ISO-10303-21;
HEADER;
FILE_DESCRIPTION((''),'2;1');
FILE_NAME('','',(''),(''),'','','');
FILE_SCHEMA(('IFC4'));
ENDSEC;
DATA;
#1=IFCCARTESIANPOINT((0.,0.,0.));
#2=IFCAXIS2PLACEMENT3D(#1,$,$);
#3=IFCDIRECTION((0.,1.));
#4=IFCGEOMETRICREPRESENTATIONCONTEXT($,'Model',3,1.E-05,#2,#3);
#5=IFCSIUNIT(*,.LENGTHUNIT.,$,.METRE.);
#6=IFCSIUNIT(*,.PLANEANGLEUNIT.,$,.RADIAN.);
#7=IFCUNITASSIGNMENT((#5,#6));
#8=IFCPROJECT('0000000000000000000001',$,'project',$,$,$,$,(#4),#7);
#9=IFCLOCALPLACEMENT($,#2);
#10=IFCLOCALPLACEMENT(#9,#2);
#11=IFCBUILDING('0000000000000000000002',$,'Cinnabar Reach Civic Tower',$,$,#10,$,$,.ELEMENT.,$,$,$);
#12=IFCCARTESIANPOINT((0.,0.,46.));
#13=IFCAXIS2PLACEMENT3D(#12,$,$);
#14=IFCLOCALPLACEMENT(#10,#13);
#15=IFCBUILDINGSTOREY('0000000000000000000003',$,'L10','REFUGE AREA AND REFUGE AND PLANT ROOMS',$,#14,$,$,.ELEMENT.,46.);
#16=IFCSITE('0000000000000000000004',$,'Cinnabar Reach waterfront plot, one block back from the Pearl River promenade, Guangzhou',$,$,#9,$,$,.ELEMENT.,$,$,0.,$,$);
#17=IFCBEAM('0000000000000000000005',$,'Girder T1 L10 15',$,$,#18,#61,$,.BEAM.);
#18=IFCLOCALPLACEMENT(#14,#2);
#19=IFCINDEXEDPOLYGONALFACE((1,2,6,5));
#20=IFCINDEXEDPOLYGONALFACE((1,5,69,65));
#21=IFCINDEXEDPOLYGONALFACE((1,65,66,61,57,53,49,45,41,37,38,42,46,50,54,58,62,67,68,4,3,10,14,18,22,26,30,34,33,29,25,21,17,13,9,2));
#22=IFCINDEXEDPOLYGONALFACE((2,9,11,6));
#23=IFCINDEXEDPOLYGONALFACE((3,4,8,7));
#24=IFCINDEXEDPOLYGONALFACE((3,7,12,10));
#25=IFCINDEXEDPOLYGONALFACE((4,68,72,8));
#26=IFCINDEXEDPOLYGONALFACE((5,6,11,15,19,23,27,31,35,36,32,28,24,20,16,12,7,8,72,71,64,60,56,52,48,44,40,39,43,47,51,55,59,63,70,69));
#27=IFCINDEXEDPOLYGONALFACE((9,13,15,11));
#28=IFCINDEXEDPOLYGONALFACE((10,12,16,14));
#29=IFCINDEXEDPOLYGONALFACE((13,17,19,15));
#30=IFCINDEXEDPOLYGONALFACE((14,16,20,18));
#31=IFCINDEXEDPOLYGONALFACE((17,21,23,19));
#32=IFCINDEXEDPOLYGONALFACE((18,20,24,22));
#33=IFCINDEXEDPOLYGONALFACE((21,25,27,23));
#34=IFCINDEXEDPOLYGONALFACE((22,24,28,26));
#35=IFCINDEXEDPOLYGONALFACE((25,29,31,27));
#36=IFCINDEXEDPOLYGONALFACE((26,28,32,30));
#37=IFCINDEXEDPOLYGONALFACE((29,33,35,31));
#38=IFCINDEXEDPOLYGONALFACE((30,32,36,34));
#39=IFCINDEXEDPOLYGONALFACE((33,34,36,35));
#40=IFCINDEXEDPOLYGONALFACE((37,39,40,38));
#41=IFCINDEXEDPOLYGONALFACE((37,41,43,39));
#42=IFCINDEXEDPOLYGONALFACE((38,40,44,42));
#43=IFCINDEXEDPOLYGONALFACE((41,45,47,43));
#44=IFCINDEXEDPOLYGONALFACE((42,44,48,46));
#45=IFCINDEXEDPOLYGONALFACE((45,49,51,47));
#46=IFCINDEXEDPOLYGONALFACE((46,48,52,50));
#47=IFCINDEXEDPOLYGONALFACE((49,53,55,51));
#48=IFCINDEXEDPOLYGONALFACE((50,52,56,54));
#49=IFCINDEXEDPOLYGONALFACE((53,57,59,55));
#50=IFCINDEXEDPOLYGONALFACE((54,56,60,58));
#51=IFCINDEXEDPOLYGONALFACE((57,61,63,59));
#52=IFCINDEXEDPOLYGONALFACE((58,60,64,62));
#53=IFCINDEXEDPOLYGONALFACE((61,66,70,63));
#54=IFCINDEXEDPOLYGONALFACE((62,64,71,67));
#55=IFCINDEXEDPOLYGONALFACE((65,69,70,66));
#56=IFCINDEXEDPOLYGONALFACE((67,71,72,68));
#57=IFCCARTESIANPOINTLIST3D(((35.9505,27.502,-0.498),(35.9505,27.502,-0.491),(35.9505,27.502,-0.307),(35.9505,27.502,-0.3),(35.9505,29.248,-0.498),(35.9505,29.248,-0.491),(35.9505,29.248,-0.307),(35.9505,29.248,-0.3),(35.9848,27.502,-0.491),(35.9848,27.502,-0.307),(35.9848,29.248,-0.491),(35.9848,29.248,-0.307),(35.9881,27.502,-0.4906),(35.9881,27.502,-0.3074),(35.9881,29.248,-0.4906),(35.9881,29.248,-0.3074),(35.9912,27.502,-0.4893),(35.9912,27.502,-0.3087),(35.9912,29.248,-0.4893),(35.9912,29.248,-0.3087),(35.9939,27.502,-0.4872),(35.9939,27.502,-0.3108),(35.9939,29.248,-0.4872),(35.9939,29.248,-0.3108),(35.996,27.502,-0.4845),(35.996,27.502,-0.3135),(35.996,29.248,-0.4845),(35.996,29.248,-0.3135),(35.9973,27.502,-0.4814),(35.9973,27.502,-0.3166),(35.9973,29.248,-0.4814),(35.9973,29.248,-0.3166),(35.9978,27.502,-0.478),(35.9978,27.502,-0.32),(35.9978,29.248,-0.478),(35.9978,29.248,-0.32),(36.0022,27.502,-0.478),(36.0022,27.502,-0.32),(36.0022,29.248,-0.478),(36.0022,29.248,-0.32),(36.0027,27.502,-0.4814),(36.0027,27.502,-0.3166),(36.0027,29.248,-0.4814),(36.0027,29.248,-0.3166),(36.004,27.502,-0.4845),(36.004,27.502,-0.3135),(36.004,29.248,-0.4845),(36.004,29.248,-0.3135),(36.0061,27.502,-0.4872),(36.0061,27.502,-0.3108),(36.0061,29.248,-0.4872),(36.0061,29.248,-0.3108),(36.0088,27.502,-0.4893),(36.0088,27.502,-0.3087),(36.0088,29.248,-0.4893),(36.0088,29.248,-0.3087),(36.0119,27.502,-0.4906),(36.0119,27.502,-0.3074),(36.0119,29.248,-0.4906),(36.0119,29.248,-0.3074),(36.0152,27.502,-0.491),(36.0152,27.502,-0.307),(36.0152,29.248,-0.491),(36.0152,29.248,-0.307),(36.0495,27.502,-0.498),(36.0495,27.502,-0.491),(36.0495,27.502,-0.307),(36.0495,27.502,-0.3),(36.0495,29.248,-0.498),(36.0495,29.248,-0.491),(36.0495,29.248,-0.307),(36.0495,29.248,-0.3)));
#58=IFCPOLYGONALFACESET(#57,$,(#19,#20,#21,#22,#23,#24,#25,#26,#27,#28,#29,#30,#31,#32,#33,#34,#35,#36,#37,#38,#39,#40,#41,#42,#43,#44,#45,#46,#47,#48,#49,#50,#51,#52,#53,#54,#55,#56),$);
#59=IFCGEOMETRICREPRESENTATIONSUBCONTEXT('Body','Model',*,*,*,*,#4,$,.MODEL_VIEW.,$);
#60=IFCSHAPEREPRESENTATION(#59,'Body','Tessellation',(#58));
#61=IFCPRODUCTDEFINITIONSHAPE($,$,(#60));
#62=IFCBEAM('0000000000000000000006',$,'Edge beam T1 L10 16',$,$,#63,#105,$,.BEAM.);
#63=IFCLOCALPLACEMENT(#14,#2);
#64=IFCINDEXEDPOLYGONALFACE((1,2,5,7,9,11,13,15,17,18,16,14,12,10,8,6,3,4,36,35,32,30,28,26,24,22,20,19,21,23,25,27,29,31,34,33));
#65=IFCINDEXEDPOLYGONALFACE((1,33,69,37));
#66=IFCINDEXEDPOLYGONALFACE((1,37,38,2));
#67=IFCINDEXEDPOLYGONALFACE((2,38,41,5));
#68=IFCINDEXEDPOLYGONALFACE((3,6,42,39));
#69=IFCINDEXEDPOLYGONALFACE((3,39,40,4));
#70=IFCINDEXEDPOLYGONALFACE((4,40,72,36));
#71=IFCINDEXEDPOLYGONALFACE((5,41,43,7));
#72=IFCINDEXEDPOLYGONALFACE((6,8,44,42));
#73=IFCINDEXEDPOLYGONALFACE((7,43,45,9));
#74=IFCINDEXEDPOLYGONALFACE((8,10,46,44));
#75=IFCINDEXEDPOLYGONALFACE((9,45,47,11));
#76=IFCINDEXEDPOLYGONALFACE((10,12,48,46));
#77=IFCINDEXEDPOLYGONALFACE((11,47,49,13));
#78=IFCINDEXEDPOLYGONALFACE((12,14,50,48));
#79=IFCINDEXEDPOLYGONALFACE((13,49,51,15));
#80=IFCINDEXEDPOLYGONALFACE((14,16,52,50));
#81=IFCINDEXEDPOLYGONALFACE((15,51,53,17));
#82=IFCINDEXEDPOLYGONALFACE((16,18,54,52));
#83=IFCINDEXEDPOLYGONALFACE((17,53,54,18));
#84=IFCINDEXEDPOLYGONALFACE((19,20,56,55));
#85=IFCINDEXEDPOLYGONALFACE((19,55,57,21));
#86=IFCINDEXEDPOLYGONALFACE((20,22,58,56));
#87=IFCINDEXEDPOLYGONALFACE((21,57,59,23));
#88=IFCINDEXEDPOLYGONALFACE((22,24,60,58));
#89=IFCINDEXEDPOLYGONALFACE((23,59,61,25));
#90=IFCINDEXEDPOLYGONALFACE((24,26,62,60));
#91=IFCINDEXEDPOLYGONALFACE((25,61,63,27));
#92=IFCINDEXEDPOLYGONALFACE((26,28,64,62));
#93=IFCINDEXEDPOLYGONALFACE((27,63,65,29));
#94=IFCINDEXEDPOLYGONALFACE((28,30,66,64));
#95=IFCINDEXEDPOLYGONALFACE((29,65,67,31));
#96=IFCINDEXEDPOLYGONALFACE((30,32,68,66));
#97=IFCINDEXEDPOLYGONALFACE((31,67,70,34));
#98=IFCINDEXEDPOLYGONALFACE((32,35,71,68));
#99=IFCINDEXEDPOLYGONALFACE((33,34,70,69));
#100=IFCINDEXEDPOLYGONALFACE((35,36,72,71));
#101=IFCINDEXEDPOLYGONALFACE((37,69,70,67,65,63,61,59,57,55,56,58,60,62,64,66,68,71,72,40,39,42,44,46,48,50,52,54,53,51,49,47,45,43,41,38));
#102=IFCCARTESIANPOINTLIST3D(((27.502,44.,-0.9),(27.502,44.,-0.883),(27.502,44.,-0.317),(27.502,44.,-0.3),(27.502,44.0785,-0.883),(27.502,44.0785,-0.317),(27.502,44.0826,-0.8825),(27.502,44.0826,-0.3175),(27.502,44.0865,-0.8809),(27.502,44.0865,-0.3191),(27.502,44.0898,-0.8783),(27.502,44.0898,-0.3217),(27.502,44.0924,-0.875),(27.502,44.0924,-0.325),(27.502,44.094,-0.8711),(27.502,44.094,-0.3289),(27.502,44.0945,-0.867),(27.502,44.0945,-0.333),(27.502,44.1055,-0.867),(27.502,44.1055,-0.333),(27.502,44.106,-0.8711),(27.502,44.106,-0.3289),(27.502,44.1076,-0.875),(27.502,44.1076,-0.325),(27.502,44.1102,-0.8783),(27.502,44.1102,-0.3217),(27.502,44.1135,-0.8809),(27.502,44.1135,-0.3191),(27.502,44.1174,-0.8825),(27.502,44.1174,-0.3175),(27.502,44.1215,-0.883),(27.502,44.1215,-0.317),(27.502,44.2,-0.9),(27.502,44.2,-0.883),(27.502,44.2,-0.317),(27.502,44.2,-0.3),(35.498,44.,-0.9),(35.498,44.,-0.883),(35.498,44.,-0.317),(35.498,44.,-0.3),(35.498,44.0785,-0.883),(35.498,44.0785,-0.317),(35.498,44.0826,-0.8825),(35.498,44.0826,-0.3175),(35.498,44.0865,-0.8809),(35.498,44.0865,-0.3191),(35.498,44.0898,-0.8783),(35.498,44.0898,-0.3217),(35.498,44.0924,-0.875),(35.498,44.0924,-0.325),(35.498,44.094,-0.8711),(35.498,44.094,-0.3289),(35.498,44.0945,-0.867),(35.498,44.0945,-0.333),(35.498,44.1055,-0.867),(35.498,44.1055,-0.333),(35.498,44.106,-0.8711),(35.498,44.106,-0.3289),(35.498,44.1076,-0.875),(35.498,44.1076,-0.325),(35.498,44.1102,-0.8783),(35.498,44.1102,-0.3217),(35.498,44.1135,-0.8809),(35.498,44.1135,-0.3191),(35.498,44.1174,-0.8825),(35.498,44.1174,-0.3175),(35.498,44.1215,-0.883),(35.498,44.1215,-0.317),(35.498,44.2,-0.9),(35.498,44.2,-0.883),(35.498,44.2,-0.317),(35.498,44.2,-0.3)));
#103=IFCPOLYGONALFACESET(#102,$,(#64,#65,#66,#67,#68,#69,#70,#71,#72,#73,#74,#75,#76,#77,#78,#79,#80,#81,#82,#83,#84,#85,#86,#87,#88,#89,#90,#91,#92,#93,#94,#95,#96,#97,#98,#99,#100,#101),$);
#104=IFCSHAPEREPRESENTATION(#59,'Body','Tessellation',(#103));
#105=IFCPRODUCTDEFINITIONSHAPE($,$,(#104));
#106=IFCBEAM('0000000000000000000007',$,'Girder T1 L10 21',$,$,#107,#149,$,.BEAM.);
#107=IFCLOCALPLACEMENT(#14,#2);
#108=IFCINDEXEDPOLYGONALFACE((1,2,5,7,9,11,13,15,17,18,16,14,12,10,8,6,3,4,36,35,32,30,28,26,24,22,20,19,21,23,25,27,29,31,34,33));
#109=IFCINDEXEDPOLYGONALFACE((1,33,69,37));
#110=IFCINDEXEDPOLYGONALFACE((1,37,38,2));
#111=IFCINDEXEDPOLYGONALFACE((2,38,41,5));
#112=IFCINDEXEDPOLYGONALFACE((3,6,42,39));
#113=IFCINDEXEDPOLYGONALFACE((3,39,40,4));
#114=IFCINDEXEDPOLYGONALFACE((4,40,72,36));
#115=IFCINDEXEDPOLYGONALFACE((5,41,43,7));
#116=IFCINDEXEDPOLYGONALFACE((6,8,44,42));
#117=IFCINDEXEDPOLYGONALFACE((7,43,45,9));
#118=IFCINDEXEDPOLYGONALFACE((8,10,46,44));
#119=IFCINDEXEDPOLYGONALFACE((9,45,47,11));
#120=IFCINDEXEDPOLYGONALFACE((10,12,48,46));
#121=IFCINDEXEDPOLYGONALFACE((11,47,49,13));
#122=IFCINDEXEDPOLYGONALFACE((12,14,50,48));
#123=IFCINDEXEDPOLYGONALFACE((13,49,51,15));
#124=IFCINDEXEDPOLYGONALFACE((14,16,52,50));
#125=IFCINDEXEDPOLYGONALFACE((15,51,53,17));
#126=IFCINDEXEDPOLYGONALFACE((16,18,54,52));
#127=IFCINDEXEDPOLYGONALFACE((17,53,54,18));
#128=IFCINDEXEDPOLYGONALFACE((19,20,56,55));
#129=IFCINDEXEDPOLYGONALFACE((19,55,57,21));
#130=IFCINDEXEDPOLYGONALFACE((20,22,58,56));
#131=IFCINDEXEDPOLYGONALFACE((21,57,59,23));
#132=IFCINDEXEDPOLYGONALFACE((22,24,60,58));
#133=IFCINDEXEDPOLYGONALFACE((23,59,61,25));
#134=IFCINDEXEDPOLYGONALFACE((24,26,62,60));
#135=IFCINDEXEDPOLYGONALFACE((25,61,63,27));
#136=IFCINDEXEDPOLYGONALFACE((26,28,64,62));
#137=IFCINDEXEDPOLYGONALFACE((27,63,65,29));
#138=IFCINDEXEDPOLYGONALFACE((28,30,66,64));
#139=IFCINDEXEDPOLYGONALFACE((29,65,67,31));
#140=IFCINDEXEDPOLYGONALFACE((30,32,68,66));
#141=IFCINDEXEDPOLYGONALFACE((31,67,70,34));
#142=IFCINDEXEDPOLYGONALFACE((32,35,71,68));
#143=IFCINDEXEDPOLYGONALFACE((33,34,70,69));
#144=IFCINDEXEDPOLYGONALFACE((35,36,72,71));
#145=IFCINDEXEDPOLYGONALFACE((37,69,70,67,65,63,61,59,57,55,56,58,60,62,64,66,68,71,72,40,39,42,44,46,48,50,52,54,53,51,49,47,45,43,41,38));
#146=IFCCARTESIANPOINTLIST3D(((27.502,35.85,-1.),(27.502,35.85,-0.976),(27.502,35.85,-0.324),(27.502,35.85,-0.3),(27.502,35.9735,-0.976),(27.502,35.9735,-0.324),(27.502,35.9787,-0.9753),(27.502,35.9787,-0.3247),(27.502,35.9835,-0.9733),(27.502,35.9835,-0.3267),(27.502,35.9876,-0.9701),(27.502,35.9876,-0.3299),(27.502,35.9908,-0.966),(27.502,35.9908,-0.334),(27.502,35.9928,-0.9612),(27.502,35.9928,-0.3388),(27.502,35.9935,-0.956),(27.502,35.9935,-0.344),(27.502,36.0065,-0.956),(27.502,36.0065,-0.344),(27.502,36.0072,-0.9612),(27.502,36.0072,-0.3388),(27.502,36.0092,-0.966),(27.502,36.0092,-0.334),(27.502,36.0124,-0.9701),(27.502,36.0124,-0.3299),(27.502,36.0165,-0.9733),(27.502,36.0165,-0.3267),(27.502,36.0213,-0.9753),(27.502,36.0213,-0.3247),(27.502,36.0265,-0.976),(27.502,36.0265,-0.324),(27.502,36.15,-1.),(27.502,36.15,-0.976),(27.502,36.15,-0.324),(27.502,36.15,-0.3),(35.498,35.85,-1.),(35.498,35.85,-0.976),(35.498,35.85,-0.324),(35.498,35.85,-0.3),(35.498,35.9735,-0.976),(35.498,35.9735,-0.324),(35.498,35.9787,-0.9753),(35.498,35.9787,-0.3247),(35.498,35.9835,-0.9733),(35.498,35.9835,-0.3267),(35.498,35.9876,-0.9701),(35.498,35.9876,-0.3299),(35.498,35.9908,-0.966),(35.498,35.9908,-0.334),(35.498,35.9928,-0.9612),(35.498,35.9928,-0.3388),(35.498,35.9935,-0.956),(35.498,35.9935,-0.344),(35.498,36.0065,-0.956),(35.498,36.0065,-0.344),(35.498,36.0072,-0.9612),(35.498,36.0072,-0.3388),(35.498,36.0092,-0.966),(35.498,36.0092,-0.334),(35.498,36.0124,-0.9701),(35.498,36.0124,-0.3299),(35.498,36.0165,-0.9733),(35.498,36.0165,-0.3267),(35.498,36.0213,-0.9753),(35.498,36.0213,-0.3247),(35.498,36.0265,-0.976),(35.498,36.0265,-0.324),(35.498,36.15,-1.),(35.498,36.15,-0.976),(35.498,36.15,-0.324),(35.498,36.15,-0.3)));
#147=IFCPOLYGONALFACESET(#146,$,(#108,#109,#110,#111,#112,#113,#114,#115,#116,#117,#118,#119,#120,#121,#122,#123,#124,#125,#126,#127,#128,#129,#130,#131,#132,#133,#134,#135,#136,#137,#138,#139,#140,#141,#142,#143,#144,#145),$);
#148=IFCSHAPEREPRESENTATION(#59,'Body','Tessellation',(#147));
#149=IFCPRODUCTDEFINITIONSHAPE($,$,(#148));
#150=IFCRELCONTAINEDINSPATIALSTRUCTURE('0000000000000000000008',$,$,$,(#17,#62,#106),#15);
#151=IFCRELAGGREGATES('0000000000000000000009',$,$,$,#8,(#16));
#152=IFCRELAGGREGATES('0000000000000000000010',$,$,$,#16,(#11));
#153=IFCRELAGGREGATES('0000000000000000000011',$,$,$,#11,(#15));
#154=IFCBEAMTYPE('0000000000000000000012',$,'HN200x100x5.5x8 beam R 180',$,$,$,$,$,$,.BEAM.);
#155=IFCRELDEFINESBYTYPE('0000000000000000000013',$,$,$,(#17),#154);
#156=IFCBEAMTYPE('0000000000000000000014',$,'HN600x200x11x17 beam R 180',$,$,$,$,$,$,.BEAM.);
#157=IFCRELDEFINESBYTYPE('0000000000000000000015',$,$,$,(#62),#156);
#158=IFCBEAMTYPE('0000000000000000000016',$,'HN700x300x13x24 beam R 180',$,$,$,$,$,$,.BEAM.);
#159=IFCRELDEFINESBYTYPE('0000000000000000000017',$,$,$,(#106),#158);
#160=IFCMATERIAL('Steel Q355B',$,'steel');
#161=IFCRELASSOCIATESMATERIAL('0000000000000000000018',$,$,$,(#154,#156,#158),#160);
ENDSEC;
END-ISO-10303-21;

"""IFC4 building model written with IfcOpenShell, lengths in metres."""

from ifc_helpers import new_model, si_unit, direction, frame, origin, origin_2d, place, context, subcontext, project, spatial, i_section, extrude, material, material_profile, profile_set, type_object, element, save


model = new_model("IFC4")

# Units and contexts
model_context = context("Model", 3, precision=1e-05, world=origin(), true_north=direction((0.0, 1.0)))
body_context = subcontext(model_context, "Body", "Model", "MODEL_VIEW")
ifc_project = project(units=[si_unit("LENGTHUNIT", "METRE"), si_unit("PLANEANGLEUNIT", "RADIAN")], contexts=[model_context])

# Site, building, storey
site_placement = place(None, origin())
site = spatial("IfcSite", under=ifc_project, at=site_placement, Name="Cinnabar Reach waterfront plot, one block back from the Pearl River promenade, Guangzhou", CompositionType="ELEMENT", RefElevation=0.0)
building_placement = place(site_placement, origin())
building = spatial("IfcBuilding", under=site, at=building_placement, Name="Cinnabar Reach Civic Tower", CompositionType="ELEMENT")
storey_placement = place(building_placement, frame((0.0, 0.0, 46.0)))
storey = spatial("IfcBuildingStorey", under=building, at=storey_placement, Name="L10", Description="REFUGE AREA AND REFUGE AND PLANT ROOMS", CompositionType="ELEMENT", Elevation=46.0)

# Shared definitions
ifc_material_1 = material(Name="Steel Q355B", Category="steel")

# Beams
ifc_material_profile_1 = material_profile(ifc_material_1, i_section(OverallWidth=0.099, OverallDepth=0.198, WebThickness=0.0045, FlangeThickness=0.007, FilletRadius=0.013, at=origin_2d()), Name="HN200x100x5.5x8")
ifc_profile_set_1 = profile_set([ifc_material_profile_1], Name="Steel Q355B")
beam_type_1 = type_object("IfcBeamType", Name="HN200x100x5.5x8 beam R 180", PredefinedType="BEAM", material=ifc_profile_set_1)
beam_1_placement = place(storey_placement, frame((36.0, 27.502, -0.399), z_axis=(0.0, 1.0, 0.0), x_axis=(-1.0, 0.0, 0.0)))
element("IfcBeam", 1, at=beam_1_placement, inside=storey, type_object=beam_type_1, Name="Girder T1 L10 15", PredefinedType="BEAM", context=body_context, shape_type="SweptSolid", body=[
    extrude(i_section(OverallWidth=0.099, OverallDepth=0.198, WebThickness=0.0045, FlangeThickness=0.007, FilletRadius=0.013, at=origin_2d()), origin(), (0.0, 0.0, 1.0), 1.746),
])
ifc_material_profile_2 = material_profile(ifc_material_1, i_section(OverallWidth=0.2, OverallDepth=0.6, WebThickness=0.011, FlangeThickness=0.017, FilletRadius=0.016, at=origin_2d()), Name="HN600x200x11x17")
ifc_profile_set_2 = profile_set([ifc_material_profile_2], Name="Steel Q355B")
beam_type_2 = type_object("IfcBeamType", Name="HN600x200x11x17 beam R 180", PredefinedType="BEAM", material=ifc_profile_set_2)
beam_2_placement = place(storey_placement, frame((35.498, 44.1, -0.6), z_axis=(-1.0, 0.0, 0.0), x_axis=(0.0, -1.0, 0.0)))
element("IfcBeam", 2, at=beam_2_placement, inside=storey, type_object=beam_type_2, Name="Edge beam T1 L10 16", PredefinedType="BEAM", context=body_context, shape_type="SweptSolid", body=[
    extrude(i_section(OverallWidth=0.2, OverallDepth=0.6, WebThickness=0.011, FlangeThickness=0.017, FilletRadius=0.016, at=origin_2d()), origin(), (0.0, 0.0, 1.0), 7.996),
])
ifc_material_profile_3 = material_profile(ifc_material_1, i_section(OverallWidth=0.3, OverallDepth=0.7, WebThickness=0.013, FlangeThickness=0.024, FilletRadius=0.02, at=origin_2d()), Name="HN700x300x13x24")
ifc_profile_set_3 = profile_set([ifc_material_profile_3], Name="Steel Q355B")
beam_type_3 = type_object("IfcBeamType", Name="HN700x300x13x24 beam R 180", PredefinedType="BEAM", material=ifc_profile_set_3)
beam_3_placement = place(storey_placement, frame((27.502, 36.0, -0.65), z_axis=(1.0, 0.0, 0.0), x_axis=(0.0, 1.0, 0.0)))
element("IfcBeam", 3, at=beam_3_placement, inside=storey, type_object=beam_type_3, Name="Girder T1 L10 21", PredefinedType="BEAM", context=body_context, shape_type="SweptSolid", body=[
    extrude(i_section(OverallWidth=0.3, OverallDepth=0.7, WebThickness=0.013, FlangeThickness=0.024, FilletRadius=0.02, at=origin_2d()), origin(), (0.0, 0.0, 1.0), 7.996),
])

save(model, "model.ifc")
